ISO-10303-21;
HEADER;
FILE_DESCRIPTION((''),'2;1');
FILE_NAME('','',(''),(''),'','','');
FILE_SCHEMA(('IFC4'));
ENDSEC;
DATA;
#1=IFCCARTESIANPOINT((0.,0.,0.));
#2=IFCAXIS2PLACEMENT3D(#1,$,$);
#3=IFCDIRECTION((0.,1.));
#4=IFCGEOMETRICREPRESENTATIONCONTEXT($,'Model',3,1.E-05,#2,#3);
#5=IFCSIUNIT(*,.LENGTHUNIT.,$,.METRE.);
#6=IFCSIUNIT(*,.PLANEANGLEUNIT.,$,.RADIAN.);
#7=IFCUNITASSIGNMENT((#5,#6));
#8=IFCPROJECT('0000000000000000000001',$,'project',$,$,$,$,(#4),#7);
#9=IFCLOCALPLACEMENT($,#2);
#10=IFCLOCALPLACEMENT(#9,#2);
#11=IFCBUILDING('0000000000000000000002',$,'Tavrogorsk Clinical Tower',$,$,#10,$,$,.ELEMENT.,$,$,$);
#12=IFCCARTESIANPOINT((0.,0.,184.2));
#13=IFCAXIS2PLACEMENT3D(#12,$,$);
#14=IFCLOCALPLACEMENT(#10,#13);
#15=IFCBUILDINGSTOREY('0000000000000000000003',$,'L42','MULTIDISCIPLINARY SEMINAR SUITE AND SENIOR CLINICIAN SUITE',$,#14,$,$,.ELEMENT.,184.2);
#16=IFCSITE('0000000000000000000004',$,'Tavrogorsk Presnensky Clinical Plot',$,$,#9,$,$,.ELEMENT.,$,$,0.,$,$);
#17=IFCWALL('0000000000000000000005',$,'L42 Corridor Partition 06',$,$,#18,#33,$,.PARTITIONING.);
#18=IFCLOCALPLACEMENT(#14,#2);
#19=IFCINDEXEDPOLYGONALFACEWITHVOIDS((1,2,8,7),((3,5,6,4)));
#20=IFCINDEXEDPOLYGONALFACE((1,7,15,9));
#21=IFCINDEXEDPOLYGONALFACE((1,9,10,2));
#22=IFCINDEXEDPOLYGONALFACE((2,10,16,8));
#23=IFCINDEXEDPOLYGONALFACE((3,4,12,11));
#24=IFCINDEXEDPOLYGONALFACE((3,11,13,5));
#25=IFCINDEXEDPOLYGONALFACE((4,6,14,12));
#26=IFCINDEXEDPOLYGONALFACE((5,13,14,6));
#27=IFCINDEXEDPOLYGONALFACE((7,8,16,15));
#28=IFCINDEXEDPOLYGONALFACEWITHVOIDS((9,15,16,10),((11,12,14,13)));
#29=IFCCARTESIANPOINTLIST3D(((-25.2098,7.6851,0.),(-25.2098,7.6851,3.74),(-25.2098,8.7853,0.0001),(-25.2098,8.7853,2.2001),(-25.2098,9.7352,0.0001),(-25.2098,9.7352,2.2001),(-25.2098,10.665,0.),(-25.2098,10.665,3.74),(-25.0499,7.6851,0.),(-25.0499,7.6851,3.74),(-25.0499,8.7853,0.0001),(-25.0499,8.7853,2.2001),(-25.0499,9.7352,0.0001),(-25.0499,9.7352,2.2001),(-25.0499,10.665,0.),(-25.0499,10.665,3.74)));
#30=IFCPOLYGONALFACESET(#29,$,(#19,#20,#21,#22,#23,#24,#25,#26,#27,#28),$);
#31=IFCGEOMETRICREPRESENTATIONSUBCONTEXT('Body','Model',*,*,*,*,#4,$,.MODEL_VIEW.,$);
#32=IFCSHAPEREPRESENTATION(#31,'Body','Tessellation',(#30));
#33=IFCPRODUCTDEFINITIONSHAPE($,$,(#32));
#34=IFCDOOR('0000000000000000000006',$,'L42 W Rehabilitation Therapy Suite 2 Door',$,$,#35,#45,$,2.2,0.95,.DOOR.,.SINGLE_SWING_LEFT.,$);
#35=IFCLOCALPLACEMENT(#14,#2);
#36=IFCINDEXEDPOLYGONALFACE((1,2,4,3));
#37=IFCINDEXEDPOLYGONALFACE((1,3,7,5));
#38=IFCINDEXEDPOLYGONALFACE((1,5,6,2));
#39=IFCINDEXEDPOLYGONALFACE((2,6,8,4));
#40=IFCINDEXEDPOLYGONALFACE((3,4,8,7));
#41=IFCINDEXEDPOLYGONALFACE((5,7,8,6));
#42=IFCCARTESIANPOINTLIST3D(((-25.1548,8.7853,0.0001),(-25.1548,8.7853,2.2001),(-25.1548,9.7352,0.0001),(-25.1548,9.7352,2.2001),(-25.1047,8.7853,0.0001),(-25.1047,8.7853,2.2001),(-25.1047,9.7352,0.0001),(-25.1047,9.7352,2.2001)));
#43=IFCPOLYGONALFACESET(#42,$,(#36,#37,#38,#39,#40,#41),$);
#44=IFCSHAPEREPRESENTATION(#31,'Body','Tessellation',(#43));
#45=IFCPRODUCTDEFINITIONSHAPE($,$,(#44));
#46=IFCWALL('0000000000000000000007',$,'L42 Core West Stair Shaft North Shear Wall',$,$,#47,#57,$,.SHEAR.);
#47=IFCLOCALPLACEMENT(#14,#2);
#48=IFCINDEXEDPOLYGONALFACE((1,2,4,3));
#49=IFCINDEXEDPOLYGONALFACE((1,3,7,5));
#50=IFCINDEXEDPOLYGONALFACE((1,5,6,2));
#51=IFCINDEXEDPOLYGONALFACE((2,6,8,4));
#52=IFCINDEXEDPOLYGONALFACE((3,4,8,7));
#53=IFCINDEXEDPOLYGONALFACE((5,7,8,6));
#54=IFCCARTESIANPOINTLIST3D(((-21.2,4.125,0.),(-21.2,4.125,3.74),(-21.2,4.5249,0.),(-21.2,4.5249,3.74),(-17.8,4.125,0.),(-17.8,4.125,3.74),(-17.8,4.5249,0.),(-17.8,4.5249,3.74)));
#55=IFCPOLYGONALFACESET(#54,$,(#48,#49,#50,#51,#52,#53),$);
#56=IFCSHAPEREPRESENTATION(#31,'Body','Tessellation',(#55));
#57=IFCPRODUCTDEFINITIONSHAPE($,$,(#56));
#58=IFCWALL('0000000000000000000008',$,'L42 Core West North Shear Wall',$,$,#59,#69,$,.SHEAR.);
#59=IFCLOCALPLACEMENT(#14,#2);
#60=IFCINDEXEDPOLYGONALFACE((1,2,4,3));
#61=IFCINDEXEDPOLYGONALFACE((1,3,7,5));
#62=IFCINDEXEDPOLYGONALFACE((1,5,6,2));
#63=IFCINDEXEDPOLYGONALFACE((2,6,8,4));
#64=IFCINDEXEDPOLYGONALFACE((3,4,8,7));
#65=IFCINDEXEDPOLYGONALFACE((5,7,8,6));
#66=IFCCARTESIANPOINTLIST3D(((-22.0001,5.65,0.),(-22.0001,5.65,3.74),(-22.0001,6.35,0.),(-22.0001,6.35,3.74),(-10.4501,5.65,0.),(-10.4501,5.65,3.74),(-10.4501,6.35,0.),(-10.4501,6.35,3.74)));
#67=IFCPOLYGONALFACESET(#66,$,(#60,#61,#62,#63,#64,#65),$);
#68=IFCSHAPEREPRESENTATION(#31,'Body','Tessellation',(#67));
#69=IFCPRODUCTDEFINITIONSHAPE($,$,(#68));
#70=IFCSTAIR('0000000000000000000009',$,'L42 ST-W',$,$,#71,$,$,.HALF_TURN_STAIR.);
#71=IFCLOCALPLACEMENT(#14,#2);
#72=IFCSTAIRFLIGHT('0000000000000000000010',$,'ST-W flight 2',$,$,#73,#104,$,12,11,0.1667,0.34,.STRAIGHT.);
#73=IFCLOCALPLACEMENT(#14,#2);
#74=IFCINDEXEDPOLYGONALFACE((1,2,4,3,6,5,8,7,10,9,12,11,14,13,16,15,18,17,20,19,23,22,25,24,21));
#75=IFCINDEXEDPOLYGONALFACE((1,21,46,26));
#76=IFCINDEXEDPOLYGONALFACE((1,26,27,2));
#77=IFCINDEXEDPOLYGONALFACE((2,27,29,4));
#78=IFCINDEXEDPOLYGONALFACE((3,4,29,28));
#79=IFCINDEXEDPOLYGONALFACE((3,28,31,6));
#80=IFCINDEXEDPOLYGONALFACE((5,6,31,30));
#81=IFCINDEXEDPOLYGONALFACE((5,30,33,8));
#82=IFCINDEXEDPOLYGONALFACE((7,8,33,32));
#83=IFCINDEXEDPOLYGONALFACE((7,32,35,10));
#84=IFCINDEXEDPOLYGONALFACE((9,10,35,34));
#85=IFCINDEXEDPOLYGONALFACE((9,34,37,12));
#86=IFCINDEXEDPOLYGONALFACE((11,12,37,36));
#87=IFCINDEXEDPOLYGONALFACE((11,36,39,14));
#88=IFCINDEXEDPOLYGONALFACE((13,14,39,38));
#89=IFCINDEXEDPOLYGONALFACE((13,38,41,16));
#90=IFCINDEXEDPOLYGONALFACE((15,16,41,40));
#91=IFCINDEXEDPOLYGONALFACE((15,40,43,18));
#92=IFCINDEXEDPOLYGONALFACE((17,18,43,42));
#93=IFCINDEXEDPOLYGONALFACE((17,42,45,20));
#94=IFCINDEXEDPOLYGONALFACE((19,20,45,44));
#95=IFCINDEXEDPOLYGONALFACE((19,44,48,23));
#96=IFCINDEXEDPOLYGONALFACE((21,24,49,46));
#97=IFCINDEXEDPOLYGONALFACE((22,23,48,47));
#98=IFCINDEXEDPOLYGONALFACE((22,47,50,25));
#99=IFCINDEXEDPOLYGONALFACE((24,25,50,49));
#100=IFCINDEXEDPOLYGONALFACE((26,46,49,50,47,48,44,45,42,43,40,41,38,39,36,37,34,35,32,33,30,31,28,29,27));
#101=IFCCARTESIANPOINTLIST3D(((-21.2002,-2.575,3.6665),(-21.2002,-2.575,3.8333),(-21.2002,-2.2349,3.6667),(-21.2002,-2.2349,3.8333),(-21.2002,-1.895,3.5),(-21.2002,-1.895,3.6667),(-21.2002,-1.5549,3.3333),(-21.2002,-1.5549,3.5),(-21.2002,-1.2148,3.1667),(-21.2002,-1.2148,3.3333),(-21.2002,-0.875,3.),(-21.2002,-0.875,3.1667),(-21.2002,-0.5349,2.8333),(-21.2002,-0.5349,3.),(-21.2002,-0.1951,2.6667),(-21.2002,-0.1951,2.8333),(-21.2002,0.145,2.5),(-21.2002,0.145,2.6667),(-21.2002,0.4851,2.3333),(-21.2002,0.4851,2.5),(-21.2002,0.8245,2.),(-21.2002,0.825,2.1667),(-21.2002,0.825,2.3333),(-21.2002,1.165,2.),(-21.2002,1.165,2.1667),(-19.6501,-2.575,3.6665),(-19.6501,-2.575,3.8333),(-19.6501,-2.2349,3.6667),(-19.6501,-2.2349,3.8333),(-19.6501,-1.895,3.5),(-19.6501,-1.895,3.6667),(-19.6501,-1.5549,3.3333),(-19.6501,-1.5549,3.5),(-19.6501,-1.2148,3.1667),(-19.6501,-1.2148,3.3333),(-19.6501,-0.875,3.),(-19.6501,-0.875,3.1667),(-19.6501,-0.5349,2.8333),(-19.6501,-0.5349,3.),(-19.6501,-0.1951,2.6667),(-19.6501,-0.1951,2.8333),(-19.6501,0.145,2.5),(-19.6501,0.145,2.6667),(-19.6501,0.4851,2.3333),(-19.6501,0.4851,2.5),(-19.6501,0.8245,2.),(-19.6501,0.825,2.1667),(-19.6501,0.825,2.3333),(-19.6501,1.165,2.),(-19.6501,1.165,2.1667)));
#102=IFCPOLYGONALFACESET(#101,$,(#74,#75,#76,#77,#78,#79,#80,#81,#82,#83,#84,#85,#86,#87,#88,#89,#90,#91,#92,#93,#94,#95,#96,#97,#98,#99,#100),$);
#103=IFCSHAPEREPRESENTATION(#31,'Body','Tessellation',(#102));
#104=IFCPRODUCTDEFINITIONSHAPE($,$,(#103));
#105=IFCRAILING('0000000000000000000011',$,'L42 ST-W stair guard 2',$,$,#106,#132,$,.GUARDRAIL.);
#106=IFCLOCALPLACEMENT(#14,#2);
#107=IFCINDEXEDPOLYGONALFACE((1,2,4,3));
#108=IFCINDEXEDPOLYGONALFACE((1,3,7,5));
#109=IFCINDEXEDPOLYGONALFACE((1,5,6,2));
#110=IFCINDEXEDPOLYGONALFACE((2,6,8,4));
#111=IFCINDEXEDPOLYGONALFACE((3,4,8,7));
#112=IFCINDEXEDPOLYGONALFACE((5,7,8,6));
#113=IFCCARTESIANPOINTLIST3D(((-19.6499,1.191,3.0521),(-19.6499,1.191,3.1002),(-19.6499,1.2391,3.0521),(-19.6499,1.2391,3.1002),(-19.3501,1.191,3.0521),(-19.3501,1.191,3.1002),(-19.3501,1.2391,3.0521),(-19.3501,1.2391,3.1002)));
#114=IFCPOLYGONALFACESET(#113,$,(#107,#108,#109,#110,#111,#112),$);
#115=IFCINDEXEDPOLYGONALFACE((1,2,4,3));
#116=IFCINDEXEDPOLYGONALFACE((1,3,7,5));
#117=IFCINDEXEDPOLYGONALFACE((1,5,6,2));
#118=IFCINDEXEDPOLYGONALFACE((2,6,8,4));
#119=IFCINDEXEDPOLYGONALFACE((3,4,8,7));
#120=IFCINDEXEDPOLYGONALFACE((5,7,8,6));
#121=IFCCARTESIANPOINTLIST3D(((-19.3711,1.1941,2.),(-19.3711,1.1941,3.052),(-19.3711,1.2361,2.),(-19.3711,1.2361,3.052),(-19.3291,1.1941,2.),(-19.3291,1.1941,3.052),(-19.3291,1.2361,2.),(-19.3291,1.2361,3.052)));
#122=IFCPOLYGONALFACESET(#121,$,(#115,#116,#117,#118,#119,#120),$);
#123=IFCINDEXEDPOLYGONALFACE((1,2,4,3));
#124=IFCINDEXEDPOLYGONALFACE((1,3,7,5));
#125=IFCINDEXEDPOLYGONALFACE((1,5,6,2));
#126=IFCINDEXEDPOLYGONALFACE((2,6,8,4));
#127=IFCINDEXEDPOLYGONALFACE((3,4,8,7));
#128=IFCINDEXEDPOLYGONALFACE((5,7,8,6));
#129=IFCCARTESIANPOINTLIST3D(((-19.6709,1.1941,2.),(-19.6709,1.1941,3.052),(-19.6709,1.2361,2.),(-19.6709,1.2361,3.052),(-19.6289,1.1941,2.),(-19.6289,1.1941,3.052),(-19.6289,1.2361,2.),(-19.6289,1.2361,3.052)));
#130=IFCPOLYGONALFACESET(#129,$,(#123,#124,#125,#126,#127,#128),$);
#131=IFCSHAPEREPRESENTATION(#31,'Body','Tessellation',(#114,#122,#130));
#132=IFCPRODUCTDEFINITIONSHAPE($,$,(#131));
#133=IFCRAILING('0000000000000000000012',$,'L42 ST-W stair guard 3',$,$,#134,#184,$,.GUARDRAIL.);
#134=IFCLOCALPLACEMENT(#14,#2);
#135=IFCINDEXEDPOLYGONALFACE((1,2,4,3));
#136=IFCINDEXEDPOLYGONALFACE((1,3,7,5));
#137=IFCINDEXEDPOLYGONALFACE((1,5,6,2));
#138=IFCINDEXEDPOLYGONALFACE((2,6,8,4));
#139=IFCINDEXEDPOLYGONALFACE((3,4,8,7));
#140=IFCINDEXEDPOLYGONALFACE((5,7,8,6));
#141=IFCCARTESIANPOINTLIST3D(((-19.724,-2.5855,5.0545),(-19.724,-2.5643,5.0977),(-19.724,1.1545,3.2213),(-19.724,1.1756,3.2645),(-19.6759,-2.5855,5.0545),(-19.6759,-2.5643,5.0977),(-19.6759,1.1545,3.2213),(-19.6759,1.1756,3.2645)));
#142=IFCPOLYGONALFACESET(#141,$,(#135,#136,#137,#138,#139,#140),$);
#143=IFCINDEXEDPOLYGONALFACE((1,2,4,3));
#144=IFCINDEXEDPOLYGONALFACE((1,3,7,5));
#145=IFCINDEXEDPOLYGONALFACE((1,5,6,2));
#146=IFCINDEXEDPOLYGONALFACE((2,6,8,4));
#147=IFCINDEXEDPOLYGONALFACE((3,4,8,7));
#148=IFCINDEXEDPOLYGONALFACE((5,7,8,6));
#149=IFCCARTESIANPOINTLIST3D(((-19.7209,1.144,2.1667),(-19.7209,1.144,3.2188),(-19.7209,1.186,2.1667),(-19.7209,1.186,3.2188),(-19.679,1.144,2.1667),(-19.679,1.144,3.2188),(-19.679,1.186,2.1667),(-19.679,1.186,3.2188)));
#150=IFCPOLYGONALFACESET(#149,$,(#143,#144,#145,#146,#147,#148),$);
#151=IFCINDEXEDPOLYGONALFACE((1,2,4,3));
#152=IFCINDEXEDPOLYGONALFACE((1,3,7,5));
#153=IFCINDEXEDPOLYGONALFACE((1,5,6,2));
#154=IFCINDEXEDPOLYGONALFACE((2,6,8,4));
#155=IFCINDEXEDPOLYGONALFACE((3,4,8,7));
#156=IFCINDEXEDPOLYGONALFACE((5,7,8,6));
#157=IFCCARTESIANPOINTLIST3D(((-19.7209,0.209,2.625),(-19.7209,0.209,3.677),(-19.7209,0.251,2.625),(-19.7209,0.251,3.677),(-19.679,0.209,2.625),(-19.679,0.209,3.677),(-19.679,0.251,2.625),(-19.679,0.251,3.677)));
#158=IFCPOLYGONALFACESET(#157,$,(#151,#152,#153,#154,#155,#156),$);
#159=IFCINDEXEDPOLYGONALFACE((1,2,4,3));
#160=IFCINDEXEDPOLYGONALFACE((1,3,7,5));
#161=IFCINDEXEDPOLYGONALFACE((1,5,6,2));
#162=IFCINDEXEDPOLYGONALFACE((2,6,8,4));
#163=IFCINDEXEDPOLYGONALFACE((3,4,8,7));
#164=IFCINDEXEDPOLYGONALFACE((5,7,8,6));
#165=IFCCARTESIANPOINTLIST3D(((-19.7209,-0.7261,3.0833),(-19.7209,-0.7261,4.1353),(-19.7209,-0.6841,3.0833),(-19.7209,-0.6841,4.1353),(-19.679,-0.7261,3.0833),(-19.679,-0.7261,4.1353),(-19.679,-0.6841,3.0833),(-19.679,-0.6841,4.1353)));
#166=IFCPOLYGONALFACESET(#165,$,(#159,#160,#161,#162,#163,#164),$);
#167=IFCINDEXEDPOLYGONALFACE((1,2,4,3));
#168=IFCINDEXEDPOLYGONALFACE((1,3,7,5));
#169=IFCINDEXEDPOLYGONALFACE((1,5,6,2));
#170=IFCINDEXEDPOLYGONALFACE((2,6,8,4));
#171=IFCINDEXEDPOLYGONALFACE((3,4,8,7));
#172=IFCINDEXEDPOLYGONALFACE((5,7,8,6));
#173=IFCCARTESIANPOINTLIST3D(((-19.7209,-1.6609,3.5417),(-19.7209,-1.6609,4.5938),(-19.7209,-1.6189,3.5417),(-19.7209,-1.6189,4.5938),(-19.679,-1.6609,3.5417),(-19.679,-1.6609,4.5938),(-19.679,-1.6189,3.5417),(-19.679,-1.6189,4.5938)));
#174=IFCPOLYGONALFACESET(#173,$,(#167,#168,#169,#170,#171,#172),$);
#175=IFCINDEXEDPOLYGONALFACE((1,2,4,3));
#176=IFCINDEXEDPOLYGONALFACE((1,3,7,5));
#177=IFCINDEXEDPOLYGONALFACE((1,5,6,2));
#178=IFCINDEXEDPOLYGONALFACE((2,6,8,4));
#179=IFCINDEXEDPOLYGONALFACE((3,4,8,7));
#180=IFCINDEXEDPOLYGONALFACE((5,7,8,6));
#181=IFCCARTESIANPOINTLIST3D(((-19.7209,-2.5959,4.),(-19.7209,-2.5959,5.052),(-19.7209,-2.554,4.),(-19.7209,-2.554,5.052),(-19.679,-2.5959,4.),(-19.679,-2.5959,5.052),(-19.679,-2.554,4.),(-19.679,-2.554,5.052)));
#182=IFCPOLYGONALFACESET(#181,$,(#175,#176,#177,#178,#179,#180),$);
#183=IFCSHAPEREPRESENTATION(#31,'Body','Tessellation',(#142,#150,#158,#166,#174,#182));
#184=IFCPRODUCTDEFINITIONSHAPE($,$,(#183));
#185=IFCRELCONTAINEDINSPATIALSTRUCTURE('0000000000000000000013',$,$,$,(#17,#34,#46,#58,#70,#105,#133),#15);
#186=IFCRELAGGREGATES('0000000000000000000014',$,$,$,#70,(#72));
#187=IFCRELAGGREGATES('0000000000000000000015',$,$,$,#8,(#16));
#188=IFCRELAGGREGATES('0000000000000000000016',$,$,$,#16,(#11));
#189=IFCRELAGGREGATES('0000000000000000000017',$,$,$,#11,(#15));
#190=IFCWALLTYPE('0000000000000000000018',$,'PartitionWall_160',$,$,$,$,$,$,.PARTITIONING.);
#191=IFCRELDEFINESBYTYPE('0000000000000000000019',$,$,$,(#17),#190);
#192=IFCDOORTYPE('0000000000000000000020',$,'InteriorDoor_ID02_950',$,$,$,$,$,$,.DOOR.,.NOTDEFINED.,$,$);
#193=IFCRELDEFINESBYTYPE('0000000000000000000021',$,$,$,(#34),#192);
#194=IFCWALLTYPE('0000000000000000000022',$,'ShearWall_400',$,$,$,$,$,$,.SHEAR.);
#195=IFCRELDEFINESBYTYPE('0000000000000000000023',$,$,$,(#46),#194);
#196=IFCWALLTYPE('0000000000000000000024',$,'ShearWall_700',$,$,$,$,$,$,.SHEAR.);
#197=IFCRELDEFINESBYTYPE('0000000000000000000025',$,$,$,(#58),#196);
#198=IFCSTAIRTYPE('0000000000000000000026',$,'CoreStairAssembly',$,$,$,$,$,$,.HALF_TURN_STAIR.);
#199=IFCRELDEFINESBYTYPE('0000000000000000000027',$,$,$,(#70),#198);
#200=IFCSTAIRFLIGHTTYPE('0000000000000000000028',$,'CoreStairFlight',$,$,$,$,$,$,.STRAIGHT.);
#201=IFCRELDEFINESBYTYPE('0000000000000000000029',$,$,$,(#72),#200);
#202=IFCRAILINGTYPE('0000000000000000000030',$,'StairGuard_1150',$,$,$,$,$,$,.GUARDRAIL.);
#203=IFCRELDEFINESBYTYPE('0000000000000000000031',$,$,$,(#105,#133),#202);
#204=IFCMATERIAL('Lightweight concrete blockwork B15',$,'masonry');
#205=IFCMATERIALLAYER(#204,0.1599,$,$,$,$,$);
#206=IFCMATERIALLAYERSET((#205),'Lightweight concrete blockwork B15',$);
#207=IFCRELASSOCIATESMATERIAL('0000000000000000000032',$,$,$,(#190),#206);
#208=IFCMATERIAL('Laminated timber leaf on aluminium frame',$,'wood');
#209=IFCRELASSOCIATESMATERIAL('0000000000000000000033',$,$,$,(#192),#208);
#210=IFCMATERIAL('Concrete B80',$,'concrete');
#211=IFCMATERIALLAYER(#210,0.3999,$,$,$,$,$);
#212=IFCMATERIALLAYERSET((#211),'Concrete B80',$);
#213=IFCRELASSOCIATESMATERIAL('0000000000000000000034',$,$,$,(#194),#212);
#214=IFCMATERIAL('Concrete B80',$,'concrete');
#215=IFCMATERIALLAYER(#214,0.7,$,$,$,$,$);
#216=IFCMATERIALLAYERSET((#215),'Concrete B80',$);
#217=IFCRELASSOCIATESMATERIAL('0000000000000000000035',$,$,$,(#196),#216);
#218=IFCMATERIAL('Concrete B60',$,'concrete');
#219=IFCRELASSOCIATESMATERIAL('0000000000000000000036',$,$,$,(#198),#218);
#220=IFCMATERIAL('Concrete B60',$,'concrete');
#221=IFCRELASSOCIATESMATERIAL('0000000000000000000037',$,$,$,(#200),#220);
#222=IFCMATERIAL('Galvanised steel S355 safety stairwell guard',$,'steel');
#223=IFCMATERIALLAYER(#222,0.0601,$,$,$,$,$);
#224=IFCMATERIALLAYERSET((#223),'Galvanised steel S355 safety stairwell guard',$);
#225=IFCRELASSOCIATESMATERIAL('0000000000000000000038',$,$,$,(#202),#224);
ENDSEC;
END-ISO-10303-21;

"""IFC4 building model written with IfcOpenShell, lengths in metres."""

from ifc_helpers import new_model, si_unit, direction, frame, frame_2d, origin, origin_2d, place, context, subcontext, project, spatial, polyline, rectangle, outline, extrude, material, layer, layer_set, type_object, element, fill, aggregate, save


model = new_model("IFC4")

# Units and contexts
model_context = context("Model", 3, precision=1e-05, world=origin(), true_north=direction((0.0, 1.0)))
body_context = subcontext(model_context, "Body", "Model", "MODEL_VIEW")
ifc_project = project(units=[si_unit("LENGTHUNIT", "METRE"), si_unit("PLANEANGLEUNIT", "RADIAN")], contexts=[model_context])

# Site, building, storey
site_placement = place(None, origin())
site = spatial("IfcSite", under=ifc_project, at=site_placement, Name="Tavrogorsk Presnensky Clinical Plot", CompositionType="ELEMENT", RefElevation=0.0)
building_placement = place(site_placement, origin())
building = spatial("IfcBuilding", under=site, at=building_placement, Name="Tavrogorsk Clinical Tower", CompositionType="ELEMENT")
storey_placement = place(building_placement, frame((0.0, 0.0, 184.2)))
storey = spatial("IfcBuildingStorey", under=building, at=storey_placement, Name="L42", Description="MULTIDISCIPLINARY SEMINAR SUITE AND SENIOR CLINICIAN SUITE", CompositionType="ELEMENT", Elevation=184.2)

# Wall, opening, door
ifc_material_1 = material(Name="Lightweight concrete blockwork B15", Category="masonry")
ifc_layer_1 = layer(ifc_material_1, 0.1599)
ifc_layer_set_1 = layer_set([ifc_layer_1], Name="Lightweight concrete blockwork B15")
wall_type_1 = type_object("IfcWallType", Name="PartitionWall_160", PredefinedType="PARTITIONING", material=ifc_layer_set_1)
wall_1_placement = place(storey_placement, frame((-25.1299, 7.6851, 0.0), z_axis=(0.0, 0.0, 1.0), x_axis=(0.0, 1.0, 0.0)))
wall_1 = element("IfcWall", 1, at=wall_1_placement, inside=storey, type_object=wall_type_1, Name="L42 Corridor Partition 06", PredefinedType="PARTITIONING", context=body_context, shape_type="SweptSolid", body=[
    extrude(rectangle(XDim=2.98, YDim=0.1599, at=frame_2d((1.49, 0.0))), origin(), (0.0, 0.0, 1.0), 3.74),
])
opening_1_placement = place(wall_1_placement, frame((1.1001, 0.0, 0.0)))
opening_1 = element("IfcOpeningElement", 2, at=opening_1_placement, cuts=wall_1, PredefinedType="OPENING", context=body_context, shape_type="SweptSolid", body=[
    extrude(rectangle(XDim=0.95, YDim=2.2, at=frame_2d((0.4751, 1.1001))), frame((0.0, 0.0898, 0.0), z_axis=(0.0, -1.0, 0.0), x_axis=(1.0, 0.0, 0.0)), (0.0, 0.0, 1.0), 0.1799),
])
ifc_material_2 = material(Name="Laminated timber leaf on aluminium frame", Category="wood")
door_type_1 = type_object("IfcDoorType", Name="InteriorDoor_ID02_950", OperationType="NOTDEFINED", PredefinedType="DOOR", material=ifc_material_2)
door_1_placement = place(opening_1_placement, origin())
door_1 = element("IfcDoor", 3, at=door_1_placement, inside=storey, type_object=door_type_1, Name="L42 W Rehabilitation Therapy Suite 2 Door", OperationType="SINGLE_SWING_LEFT", OverallHeight=2.2, OverallWidth=0.95, PredefinedType="DOOR", context=body_context, shape_type="SweptSolid", body=[
    extrude(rectangle(XDim=0.95, YDim=2.2, at=frame_2d((0.4751, 1.1001))), frame((0.0, 0.0249, 0.0), z_axis=(0.0, -1.0, 0.0), x_axis=(1.0, 0.0, 0.0)), (0.0, 0.0, 1.0), 0.05),
])
fill(opening_1, door_1)

# Walls
ifc_material_3 = material(Name="Concrete B80", Category="concrete")
ifc_layer_2 = layer(ifc_material_3, 0.3999)
ifc_layer_set_2 = layer_set([ifc_layer_2], Name="Concrete B80")
wall_type_2 = type_object("IfcWallType", Name="ShearWall_400", PredefinedType="SHEAR", material=ifc_layer_set_2)
wall_2_placement = place(storey_placement, frame((-21.2, 4.325, 0.0), z_axis=(0.0, 0.0, 1.0), x_axis=(1.0, 0.0, 0.0)))
element("IfcWall", 4, at=wall_2_placement, inside=storey, type_object=wall_type_2, Name="L42 Core West Stair Shaft North Shear Wall", PredefinedType="SHEAR", context=body_context, shape_type="SweptSolid", body=[
    extrude(rectangle(XDim=3.3999, YDim=0.3999, at=frame_2d((1.7, 0.0))), origin(), (0.0, 0.0, 1.0), 3.74),
])
ifc_material_4 = material(Name="Concrete B80", Category="concrete")
ifc_layer_3 = layer(ifc_material_4, 0.7)
ifc_layer_set_3 = layer_set([ifc_layer_3], Name="Concrete B80")
wall_type_3 = type_object("IfcWallType", Name="ShearWall_700", PredefinedType="SHEAR", material=ifc_layer_set_3)
wall_3_placement = place(storey_placement, frame((-22.0, 6.0, 0.0), z_axis=(0.0, 0.0, 1.0), x_axis=(1.0, 0.0, 0.0)))
element("IfcWall", 5, at=wall_3_placement, inside=storey, type_object=wall_type_3, Name="L42 Core West North Shear Wall", PredefinedType="SHEAR", context=body_context, shape_type="SweptSolid", body=[
    extrude(rectangle(XDim=11.55, YDim=0.7, at=frame_2d((5.7749, 0.0))), origin(), (0.0, 0.0, 1.0), 3.74),
])

# Stair, stair flight
ifc_material_5 = material(Name="Concrete B60", Category="concrete")
stair_type = type_object("IfcStairType", Name="CoreStairAssembly", PredefinedType="HALF_TURN_STAIR", material=ifc_material_5)
stair_placement = place(storey_placement, origin())
stair = element("IfcStair", 6, at=stair_placement, inside=storey, type_object=stair_type, Name="L42 ST-W", PredefinedType="HALF_TURN_STAIR")
ifc_material_6 = material(Name="Concrete B60", Category="concrete")
stair_flight_type = type_object("IfcStairFlightType", Name="CoreStairFlight", PredefinedType="STRAIGHT", material=ifc_material_6)
stair_flight_placement = place(storey_placement, frame((-20.425, 1.165, 2.0), z_axis=(0.0, 0.0, 1.0), x_axis=(0.0, -1.0, 0.0)))
stair_flight = element("IfcStairFlight", 7, at=stair_flight_placement, type_object=stair_flight_type, Name="ST-W flight 2", NumberOfRisers=12, NumberOfTreads=11, PredefinedType="STRAIGHT", RiserHeight=0.1667, TreadLength=0.34, context=body_context, shape_type="SweptSolid", body=[
    extrude(outline(polyline([(0.0, 0.0), (0.0, 0.1667), (0.3401, 0.1667), (0.3401, 0.3333), (0.6799, 0.3333), (0.6799, 0.5), (1.02, 0.5), (1.02, 0.6667), (1.3601, 0.6667), (1.3601, 0.8333), (1.7, 0.8333), (1.7, 1.0), (2.04, 1.0), (2.04, 1.1667), (2.3799, 1.1667), (2.3799, 1.3333), (2.72, 1.3333), (2.72, 1.5), (3.0601, 1.5), (3.0601, 1.6667), (3.3999, 1.6667), (3.3999, 1.8333), (3.74, 1.8333), (3.74, 2.0), (3.74, 1.6665), (0.3406, 0.0), (0.0, 0.0)])), frame((0.0, 0.7749, 0.0), z_axis=(0.0, -1.0, 0.0), x_axis=(1.0, 0.0, 0.0)), (0.0, 0.0, 1.0), 1.55),
])
aggregate(stair, [stair_flight])

# Railings
ifc_material_7 = material(Name="Galvanised steel S355 safety stairwell guard", Category="steel")
ifc_layer_4 = layer(ifc_material_7, 0.0601)
ifc_layer_set_4 = layer_set([ifc_layer_4], Name="Galvanised steel S355 safety stairwell guard")
railing_type_1 = type_object("IfcRailingType", Name="StairGuard_1150", PredefinedType="GUARDRAIL", material=ifc_layer_set_4)
railing_1_placement = place(storey_placement, frame((-19.3501, 1.2151, 2.0)))
element("IfcRailing", 8, at=railing_1_placement, inside=storey, type_object=railing_type_1, Name="L42 ST-W stair guard 2", PredefinedType="GUARDRAIL", context=body_context, shape_type="SweptSolid", body=[
    extrude(rectangle(XDim=0.0481, YDim=0.0481, at=origin_2d()), frame((0.0, 0.0, 1.0762), z_axis=(-1.0, 0.0, 0.0), x_axis=(0.0, -1.0, 0.0)), (0.0, 0.0, 1.0), 0.2998),
    extrude(rectangle(XDim=0.042, YDim=0.042, at=origin_2d()), origin(), (0.0, 0.0, 1.0), 1.052),
    extrude(rectangle(XDim=0.042, YDim=0.042, at=origin_2d()), frame((-0.2998, 0.0, 0.0)), (0.0, 0.0, 1.0), 1.052),
])
railing_2_placement = place(storey_placement, frame((-19.7, 1.165, 2.1667)))
element("IfcRailing", 9, at=railing_2_placement, inside=storey, type_object=railing_type_1, Name="L42 ST-W stair guard 3", PredefinedType="GUARDRAIL", context=body_context, shape_type="SweptSolid", body=[
    extrude(rectangle(XDim=0.0481, YDim=0.0481, at=origin_2d()), frame((0.0, 0.0, 1.0762), z_axis=(0.0, -0.897928, 0.440142), x_axis=(1.0, 0.0, 0.0)), (0.0, 0.0, 1.0), 4.165),
    extrude(rectangle(XDim=0.042, YDim=0.042, at=origin_2d()), origin(), (0.0, 0.0, 1.0), 1.052),
    extrude(rectangle(XDim=0.042, YDim=0.042, at=origin_2d()), frame((0.0, -0.9351, 0.4583)), (0.0, 0.0, 1.0), 1.052),
    extrude(rectangle(XDim=0.042, YDim=0.042, at=origin_2d()), frame((0.0, -1.8701, 0.9165)), (0.0, 0.0, 1.0), 1.052),
    extrude(rectangle(XDim=0.042, YDim=0.042, at=origin_2d()), frame((0.0, -2.8049, 1.375)), (0.0, 0.0, 1.0), 1.052),
    extrude(rectangle(XDim=0.042, YDim=0.042, at=origin_2d()), frame((0.0, -3.74, 1.8333)), (0.0, 0.0, 1.0), 1.052),
])

save(model, "model.ifc")
